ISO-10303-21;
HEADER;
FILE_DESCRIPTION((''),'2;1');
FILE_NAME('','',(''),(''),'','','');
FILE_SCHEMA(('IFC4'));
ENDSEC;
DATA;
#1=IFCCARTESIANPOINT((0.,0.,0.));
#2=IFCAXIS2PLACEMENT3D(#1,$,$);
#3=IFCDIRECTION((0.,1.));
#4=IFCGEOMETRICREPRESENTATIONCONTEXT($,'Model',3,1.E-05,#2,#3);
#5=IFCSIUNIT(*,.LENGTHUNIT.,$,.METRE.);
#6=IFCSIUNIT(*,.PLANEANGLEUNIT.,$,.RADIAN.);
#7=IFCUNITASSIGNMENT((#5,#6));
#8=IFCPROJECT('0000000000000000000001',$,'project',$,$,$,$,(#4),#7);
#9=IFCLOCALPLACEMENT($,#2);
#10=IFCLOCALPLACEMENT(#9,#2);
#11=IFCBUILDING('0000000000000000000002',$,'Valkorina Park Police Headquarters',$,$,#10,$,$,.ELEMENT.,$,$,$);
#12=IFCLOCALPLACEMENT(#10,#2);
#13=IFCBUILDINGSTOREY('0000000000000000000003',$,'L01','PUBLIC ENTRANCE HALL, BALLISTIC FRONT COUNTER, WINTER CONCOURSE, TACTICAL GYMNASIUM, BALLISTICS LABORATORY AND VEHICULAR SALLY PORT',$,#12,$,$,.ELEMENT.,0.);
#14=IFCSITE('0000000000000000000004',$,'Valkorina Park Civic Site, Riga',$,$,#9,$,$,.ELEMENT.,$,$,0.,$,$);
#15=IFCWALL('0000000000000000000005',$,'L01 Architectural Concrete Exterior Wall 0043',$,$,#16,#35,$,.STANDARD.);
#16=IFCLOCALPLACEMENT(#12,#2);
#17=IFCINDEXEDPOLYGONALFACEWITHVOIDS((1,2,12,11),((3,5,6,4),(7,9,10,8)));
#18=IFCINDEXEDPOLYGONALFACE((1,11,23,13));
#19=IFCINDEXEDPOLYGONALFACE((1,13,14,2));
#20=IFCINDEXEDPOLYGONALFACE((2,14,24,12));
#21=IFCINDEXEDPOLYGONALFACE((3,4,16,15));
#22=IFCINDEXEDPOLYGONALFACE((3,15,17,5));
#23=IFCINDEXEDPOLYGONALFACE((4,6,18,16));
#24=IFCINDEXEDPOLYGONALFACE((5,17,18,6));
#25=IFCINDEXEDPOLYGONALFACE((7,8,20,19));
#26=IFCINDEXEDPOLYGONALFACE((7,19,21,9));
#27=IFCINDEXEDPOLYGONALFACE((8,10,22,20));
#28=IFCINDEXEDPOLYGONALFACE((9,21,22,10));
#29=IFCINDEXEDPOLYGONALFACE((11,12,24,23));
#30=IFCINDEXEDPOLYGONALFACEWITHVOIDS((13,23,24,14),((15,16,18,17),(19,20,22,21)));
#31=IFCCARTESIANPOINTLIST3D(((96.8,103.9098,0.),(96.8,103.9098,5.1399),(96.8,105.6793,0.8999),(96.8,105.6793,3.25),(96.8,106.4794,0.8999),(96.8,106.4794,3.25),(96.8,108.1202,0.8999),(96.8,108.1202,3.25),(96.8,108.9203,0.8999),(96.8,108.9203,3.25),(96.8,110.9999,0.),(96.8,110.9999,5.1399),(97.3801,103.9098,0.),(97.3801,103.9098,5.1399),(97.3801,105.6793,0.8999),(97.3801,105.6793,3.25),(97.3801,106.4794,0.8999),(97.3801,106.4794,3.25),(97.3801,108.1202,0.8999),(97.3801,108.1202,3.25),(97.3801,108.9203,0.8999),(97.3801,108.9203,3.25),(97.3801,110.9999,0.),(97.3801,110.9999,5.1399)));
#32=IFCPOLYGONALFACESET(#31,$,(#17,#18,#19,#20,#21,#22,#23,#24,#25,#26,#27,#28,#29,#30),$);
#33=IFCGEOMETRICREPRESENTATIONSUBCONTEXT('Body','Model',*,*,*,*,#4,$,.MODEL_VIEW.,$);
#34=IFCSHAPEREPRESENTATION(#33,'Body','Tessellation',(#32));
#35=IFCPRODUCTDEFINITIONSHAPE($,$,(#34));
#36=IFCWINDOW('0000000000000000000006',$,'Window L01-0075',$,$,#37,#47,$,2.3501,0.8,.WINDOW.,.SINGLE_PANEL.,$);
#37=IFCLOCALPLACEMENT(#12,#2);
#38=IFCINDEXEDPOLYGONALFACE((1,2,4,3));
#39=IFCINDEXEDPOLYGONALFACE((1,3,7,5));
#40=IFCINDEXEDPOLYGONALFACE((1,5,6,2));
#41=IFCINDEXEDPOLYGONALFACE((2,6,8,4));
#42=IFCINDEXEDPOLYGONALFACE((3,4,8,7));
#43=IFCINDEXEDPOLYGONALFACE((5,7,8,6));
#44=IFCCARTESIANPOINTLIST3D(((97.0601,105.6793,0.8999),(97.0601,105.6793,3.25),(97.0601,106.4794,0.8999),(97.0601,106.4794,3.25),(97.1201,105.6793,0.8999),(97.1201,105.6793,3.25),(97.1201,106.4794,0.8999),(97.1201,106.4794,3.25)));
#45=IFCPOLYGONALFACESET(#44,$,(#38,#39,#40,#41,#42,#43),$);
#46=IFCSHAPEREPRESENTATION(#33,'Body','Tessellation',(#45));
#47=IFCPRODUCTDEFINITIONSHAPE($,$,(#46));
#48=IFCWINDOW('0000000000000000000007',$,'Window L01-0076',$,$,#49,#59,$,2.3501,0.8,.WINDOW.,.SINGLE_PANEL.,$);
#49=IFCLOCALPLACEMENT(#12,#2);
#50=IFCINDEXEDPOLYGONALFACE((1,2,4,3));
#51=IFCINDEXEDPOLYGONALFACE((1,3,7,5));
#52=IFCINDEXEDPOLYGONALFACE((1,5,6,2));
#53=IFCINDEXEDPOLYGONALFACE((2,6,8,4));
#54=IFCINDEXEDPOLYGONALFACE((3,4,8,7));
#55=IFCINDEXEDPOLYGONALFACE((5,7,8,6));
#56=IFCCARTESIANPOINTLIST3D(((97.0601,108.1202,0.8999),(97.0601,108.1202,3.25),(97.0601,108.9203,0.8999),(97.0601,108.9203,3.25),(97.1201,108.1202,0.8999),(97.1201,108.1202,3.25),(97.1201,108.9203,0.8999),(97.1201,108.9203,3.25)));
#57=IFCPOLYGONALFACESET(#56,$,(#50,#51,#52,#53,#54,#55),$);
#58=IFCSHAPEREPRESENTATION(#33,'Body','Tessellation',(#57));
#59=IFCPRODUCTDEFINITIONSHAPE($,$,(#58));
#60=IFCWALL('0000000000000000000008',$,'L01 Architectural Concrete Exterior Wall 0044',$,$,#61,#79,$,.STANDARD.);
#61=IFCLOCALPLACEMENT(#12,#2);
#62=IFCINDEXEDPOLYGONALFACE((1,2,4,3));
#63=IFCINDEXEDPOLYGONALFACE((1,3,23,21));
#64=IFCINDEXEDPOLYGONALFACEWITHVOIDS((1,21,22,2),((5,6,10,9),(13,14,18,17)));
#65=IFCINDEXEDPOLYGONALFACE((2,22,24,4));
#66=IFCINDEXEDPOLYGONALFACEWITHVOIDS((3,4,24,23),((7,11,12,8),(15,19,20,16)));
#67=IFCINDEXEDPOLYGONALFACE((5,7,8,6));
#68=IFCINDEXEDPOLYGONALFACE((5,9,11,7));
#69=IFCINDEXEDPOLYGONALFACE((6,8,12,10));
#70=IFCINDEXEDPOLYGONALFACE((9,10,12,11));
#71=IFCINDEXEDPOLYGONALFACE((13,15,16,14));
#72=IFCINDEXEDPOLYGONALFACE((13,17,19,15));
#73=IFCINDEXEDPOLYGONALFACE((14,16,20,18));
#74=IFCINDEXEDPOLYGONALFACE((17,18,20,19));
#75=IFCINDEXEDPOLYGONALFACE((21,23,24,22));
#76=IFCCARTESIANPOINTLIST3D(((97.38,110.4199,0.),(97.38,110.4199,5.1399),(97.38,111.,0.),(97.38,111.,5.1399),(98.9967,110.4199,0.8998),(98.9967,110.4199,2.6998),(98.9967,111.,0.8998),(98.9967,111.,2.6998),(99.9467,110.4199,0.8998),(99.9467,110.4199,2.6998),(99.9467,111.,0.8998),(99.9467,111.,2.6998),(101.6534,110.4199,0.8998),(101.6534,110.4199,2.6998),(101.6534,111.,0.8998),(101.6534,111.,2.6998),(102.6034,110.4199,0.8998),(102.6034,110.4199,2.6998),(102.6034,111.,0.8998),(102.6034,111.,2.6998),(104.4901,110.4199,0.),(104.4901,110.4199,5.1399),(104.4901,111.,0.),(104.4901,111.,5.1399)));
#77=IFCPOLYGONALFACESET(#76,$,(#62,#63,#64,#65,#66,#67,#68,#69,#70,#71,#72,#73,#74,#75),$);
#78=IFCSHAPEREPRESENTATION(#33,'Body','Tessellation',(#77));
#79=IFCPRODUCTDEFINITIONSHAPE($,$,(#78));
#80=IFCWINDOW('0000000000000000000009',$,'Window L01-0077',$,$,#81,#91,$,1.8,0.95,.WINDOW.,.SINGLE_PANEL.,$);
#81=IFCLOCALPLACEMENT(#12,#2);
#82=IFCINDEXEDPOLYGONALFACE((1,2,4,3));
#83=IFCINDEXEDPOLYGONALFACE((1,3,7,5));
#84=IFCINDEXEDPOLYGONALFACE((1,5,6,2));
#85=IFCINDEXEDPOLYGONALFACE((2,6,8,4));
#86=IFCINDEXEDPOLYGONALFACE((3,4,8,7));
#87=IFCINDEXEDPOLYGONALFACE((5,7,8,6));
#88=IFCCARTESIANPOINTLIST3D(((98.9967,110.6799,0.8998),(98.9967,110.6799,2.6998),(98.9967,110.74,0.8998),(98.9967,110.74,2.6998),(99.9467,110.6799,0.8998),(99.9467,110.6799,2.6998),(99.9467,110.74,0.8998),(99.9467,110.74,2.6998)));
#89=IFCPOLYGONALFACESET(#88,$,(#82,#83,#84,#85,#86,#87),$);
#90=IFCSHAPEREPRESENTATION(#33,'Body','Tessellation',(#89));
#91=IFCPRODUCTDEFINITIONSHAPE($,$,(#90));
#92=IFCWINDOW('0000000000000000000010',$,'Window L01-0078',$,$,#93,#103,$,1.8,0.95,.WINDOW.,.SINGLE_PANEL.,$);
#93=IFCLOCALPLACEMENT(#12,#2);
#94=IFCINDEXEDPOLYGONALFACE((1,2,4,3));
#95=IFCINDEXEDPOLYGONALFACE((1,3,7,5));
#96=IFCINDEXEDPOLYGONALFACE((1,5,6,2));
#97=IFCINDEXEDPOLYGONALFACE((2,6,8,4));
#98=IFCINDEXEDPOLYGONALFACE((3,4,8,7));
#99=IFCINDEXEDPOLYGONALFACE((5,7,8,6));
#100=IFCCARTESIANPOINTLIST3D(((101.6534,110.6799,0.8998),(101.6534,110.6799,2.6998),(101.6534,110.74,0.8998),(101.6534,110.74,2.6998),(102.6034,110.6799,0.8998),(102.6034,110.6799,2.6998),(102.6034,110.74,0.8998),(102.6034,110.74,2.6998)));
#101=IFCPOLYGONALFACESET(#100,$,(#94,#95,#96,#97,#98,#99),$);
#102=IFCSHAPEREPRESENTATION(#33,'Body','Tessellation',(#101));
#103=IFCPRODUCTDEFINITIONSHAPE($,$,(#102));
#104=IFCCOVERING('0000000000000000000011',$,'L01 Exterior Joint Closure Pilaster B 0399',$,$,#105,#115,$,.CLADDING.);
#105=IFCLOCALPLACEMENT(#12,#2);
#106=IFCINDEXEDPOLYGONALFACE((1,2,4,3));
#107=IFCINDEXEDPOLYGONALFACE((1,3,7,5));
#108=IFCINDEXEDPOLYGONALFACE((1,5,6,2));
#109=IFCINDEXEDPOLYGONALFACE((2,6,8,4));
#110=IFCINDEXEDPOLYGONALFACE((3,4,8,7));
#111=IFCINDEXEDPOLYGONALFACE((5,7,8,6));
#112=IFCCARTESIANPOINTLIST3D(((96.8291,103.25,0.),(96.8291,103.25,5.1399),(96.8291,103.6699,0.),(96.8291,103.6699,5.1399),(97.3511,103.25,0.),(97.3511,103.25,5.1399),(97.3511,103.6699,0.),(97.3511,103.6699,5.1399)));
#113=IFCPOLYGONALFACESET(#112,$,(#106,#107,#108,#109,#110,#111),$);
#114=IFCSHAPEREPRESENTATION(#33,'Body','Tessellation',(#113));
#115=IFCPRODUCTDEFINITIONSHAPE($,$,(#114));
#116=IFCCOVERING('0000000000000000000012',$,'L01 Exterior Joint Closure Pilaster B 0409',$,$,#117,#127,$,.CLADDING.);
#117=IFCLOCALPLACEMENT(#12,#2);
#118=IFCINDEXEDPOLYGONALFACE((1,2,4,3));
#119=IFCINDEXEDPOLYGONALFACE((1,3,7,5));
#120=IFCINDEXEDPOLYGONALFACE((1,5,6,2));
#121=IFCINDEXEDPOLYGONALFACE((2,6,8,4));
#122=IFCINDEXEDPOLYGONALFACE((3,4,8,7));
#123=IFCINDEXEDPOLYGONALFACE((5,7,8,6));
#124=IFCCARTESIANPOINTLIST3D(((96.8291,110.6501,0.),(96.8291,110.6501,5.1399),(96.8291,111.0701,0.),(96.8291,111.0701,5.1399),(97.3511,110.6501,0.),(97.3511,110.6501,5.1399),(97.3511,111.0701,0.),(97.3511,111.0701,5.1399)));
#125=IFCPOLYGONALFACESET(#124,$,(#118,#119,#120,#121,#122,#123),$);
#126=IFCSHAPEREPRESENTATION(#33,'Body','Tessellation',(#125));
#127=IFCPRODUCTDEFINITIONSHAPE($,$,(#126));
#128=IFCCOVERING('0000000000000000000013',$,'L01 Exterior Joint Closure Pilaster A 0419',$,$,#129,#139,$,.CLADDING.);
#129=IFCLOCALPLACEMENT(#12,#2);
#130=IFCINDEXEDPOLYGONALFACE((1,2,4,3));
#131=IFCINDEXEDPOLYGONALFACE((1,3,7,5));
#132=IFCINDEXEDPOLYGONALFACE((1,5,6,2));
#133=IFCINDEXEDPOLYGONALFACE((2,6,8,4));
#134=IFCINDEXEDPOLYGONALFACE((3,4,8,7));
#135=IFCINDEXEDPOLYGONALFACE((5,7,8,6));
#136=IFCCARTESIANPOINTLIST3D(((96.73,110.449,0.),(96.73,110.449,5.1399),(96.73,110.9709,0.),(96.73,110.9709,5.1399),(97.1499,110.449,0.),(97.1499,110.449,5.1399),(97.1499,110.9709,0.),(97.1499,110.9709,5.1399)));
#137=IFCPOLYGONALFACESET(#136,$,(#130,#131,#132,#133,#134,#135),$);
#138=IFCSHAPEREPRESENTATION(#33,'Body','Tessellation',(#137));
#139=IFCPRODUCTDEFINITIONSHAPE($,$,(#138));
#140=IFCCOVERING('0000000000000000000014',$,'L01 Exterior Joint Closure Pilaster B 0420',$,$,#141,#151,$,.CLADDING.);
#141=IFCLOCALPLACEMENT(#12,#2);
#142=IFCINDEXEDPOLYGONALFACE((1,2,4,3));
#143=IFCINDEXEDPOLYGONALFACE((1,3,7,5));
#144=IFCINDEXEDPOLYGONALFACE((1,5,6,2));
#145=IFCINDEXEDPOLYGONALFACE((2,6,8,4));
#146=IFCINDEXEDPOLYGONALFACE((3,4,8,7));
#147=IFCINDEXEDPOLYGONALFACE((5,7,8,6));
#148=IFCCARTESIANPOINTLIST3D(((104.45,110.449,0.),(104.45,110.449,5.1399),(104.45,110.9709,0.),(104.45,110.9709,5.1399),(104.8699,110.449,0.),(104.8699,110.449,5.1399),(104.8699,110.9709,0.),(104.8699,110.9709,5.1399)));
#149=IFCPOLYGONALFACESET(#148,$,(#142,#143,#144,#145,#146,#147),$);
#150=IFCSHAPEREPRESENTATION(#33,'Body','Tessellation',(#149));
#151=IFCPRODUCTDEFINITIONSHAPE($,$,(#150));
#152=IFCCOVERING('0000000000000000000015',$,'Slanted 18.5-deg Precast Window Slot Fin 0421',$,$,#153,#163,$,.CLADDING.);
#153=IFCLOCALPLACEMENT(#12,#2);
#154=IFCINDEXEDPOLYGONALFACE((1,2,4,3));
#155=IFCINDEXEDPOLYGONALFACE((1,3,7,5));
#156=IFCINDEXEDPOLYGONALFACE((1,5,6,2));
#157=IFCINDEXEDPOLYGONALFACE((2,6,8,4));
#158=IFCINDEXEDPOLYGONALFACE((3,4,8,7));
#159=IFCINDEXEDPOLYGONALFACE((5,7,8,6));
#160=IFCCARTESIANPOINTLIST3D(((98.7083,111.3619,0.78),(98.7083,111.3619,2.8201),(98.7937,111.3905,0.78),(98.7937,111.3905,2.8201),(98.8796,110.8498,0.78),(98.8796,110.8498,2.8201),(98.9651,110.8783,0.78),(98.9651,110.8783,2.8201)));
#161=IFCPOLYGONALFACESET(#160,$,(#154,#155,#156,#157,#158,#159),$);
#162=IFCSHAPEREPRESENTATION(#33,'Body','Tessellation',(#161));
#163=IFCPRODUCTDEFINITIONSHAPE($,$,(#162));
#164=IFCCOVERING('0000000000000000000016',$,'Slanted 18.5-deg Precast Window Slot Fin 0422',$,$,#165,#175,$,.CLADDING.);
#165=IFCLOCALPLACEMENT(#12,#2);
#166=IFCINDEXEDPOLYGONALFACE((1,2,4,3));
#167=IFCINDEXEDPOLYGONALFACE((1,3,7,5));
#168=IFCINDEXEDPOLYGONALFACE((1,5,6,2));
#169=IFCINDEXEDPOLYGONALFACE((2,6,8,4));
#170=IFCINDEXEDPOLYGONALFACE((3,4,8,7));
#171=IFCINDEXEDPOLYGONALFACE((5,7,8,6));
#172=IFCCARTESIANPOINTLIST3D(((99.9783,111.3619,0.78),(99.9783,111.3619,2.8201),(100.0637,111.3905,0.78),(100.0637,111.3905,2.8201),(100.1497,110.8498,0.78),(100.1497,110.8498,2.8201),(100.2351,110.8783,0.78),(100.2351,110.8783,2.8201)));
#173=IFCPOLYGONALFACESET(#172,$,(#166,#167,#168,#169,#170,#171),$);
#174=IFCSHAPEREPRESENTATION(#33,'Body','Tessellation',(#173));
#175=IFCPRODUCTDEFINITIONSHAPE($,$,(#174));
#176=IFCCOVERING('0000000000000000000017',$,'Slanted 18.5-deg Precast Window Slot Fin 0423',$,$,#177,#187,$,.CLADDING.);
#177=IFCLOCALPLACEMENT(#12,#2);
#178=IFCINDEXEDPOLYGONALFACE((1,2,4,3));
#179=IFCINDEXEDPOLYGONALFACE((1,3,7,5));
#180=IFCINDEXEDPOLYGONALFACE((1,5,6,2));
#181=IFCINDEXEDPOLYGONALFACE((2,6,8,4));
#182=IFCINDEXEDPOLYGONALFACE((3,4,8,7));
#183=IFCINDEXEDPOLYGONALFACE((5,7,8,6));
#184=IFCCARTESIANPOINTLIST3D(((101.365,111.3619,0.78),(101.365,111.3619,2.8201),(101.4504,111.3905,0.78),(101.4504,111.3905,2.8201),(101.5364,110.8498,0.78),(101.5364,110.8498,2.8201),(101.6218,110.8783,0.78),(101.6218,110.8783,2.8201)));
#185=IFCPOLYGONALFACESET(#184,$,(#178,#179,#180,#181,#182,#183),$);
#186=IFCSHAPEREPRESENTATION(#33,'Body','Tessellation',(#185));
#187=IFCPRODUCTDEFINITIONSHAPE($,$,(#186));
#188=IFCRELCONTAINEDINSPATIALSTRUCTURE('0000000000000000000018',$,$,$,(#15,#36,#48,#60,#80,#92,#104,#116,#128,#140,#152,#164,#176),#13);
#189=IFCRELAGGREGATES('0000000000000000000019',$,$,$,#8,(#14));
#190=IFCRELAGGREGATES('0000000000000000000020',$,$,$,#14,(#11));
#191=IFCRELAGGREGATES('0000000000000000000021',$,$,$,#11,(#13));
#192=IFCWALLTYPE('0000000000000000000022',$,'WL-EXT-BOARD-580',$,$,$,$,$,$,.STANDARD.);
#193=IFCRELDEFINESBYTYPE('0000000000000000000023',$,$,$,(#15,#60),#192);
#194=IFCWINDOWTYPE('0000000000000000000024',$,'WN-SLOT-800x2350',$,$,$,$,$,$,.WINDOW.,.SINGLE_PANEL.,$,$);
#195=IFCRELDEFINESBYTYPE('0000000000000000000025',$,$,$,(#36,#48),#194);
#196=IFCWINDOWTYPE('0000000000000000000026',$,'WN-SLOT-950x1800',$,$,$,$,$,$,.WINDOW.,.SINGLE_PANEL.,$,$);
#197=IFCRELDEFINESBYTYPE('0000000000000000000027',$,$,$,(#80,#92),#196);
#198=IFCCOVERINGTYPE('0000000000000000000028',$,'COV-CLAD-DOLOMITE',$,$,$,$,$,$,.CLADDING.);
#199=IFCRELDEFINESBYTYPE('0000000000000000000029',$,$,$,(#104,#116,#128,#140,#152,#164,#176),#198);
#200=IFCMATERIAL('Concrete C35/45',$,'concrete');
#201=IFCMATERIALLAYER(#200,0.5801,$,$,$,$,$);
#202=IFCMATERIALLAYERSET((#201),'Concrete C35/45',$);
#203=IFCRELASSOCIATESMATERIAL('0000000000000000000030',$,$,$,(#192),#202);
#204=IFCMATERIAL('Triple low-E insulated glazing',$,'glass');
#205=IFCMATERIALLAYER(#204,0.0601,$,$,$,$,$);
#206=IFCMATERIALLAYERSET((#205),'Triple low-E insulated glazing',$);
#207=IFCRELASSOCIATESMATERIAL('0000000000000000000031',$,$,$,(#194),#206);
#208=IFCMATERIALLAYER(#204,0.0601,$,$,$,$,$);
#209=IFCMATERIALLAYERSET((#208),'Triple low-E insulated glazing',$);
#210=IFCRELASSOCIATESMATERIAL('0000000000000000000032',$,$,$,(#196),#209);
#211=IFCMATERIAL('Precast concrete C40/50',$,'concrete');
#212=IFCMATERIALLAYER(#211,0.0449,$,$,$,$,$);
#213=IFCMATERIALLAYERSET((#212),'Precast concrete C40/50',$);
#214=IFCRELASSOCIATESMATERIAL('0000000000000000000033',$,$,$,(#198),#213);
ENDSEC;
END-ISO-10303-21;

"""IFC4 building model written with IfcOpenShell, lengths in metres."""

from ifc_helpers import new_model, si_unit, direction, frame, frame_2d, origin, origin_2d, place, context, subcontext, project, spatial, rectangle, extrude, material, layer, layer_set, type_object, element, fill, save


model = new_model("IFC4")

# Units and contexts
model_context = context("Model", 3, precision=1e-05, world=origin(), true_north=direction((0.0, 1.0)))
body_context = subcontext(model_context, "Body", "Model", "MODEL_VIEW")
ifc_project = project(units=[si_unit("LENGTHUNIT", "METRE"), si_unit("PLANEANGLEUNIT", "RADIAN")], contexts=[model_context])

# Site, building, storey
site_placement = place(None, origin())
site = spatial("IfcSite", under=ifc_project, at=site_placement, Name="Valkorina Park Civic Site, Riga", CompositionType="ELEMENT", RefElevation=0.0)
building_placement = place(site_placement, origin())
building = spatial("IfcBuilding", under=site, at=building_placement, Name="Valkorina Park Police Headquarters", CompositionType="ELEMENT")
storey_placement = place(building_placement, origin())
storey = spatial("IfcBuildingStorey", under=building, at=storey_placement, Name="L01", Description="PUBLIC ENTRANCE HALL, BALLISTIC FRONT COUNTER, WINTER CONCOURSE, TACTICAL GYMNASIUM, BALLISTICS LABORATORY AND VEHICULAR SALLY PORT", CompositionType="ELEMENT", Elevation=0.0)

# Walls, openings, windows
ifc_material_1 = material(Name="Concrete C35/45", Category="concrete")
ifc_layer_1 = layer(ifc_material_1, 0.5801)
ifc_layer_set_1 = layer_set([ifc_layer_1], Name="Concrete C35/45")
wall_type = type_object("IfcWallType", Name="WL-EXT-BOARD-580", PredefinedType="STANDARD", material=ifc_layer_set_1)
ifc_material_2 = material(Name="Triple low-E insulated glazing", Category="glass")
wall_1_placement = place(storey_placement, frame((97.0901, 103.9099, 0.0), z_axis=(0.0, 0.0, 1.0), x_axis=(0.0, 1.0, 0.0)))
wall_1 = element("IfcWall", 1, at=wall_1_placement, inside=storey, type_object=wall_type, Name="L01 Architectural Concrete Exterior Wall 0043", PredefinedType="STANDARD", context=body_context, shape_type="SweptSolid", body=[
    extrude(rectangle(XDim=7.0901, YDim=0.5801, at=frame_2d((3.5449, 0.0))), origin(), (0.0, 0.0, 1.0), 5.1399),
])
opening_1_placement = place(wall_1_placement, frame((1.7695, 0.0, 0.8999)))
opening_1 = element("IfcOpeningElement", 2, at=opening_1_placement, cuts=wall_1, PredefinedType="OPENING", context=body_context, shape_type="SweptSolid", body=[
    extrude(rectangle(XDim=0.8, YDim=2.3501, at=frame_2d((0.3999, 1.175))), frame((0.0, 0.3, 0.0), z_axis=(0.0, -1.0, 0.0), x_axis=(1.0, 0.0, 0.0)), (0.0, 0.0, 1.0), 0.6001),
])
opening_2_placement = place(wall_1_placement, frame((4.2104, 0.0, 0.8999)))
opening_2 = element("IfcOpeningElement", 3, at=opening_2_placement, cuts=wall_1, PredefinedType="OPENING", context=body_context, shape_type="SweptSolid", body=[
    extrude(rectangle(XDim=0.8, YDim=2.3501, at=frame_2d((0.3999, 1.175))), frame((0.0, 0.3, 0.0), z_axis=(0.0, -1.0, 0.0), x_axis=(1.0, 0.0, 0.0)), (0.0, 0.0, 1.0), 0.6001),
])
ifc_layer_2 = layer(ifc_material_2, 0.0601)
ifc_layer_set_2 = layer_set([ifc_layer_2], Name="Triple low-E insulated glazing")
window_type_1 = type_object("IfcWindowType", Name="WN-SLOT-800x2350", PartitioningType="SINGLE_PANEL", PredefinedType="WINDOW", material=ifc_layer_set_2)
window_1_placement = place(opening_1_placement, origin())
window_1 = element("IfcWindow", 4, at=window_1_placement, inside=storey, type_object=window_type_1, Name="Window L01-0075", OverallHeight=2.3501, OverallWidth=0.8, PartitioningType="SINGLE_PANEL", PredefinedType="WINDOW", context=body_context, shape_type="SweptSolid", body=[
    extrude(rectangle(XDim=0.8, YDim=2.3501, at=frame_2d((0.3999, 1.175))), frame((0.0, 0.03, 0.0), z_axis=(0.0, -1.0, 0.0), x_axis=(1.0, 0.0, 0.0)), (0.0, 0.0, 1.0), 0.0601),
])
fill(opening_1, window_1)
window_2_placement = place(opening_2_placement, origin())
window_2 = element("IfcWindow", 5, at=window_2_placement, inside=storey, type_object=window_type_1, Name="Window L01-0076", OverallHeight=2.3501, OverallWidth=0.8, PartitioningType="SINGLE_PANEL", PredefinedType="WINDOW", context=body_context, shape_type="SweptSolid", body=[
    extrude(rectangle(XDim=0.8, YDim=2.3501, at=frame_2d((0.3999, 1.175))), frame((0.0, 0.03, 0.0), z_axis=(0.0, -1.0, 0.0), x_axis=(1.0, 0.0, 0.0)), (0.0, 0.0, 1.0), 0.0601),
])
fill(opening_2, window_2)
wall_2_placement = place(storey_placement, frame((97.3799, 110.71, 0.0), z_axis=(0.0, 0.0, 1.0), x_axis=(1.0, 0.0, 0.0)))
wall_2 = element("IfcWall", 6, at=wall_2_placement, inside=storey, type_object=wall_type, Name="L01 Architectural Concrete Exterior Wall 0044", PredefinedType="STANDARD", context=body_context, shape_type="SweptSolid", body=[
    extrude(rectangle(XDim=7.1101, YDim=0.5801, at=frame_2d((3.5552, 0.0))), origin(), (0.0, 0.0, 1.0), 5.1399),
])
opening_3_placement = place(wall_2_placement, frame((1.6167, 0.0, 0.8999)))
opening_3 = element("IfcOpeningElement", 7, at=opening_3_placement, cuts=wall_2, PredefinedType="OPENING", context=body_context, shape_type="SweptSolid", body=[
    extrude(rectangle(XDim=0.95, YDim=1.8, at=frame_2d((0.4751, 0.8999))), frame((0.0, 0.3, 0.0), z_axis=(0.0, -1.0, 0.0), x_axis=(1.0, 0.0, 0.0)), (0.0, 0.0, 1.0), 0.6001),
])
opening_4_placement = place(wall_2_placement, frame((4.2734, 0.0, 0.8999)))
opening_4 = element("IfcOpeningElement", 8, at=opening_4_placement, cuts=wall_2, PredefinedType="OPENING", context=body_context, shape_type="SweptSolid", body=[
    extrude(rectangle(XDim=0.95, YDim=1.8, at=frame_2d((0.4751, 0.8999))), frame((0.0, 0.3, 0.0), z_axis=(0.0, -1.0, 0.0), x_axis=(1.0, 0.0, 0.0)), (0.0, 0.0, 1.0), 0.6001),
])
ifc_layer_3 = layer(ifc_material_2, 0.0601)
ifc_layer_set_3 = layer_set([ifc_layer_3], Name="Triple low-E insulated glazing")
window_type_2 = type_object("IfcWindowType", Name="WN-SLOT-950x1800", PartitioningType="SINGLE_PANEL", PredefinedType="WINDOW", material=ifc_layer_set_3)
window_3_placement = place(opening_3_placement, origin())
window_3 = element("IfcWindow", 9, at=window_3_placement, inside=storey, type_object=window_type_2, Name="Window L01-0077", OverallHeight=1.8, OverallWidth=0.95, PartitioningType="SINGLE_PANEL", PredefinedType="WINDOW", context=body_context, shape_type="SweptSolid", body=[
    extrude(rectangle(XDim=0.95, YDim=1.8, at=frame_2d((0.4751, 0.8999))), frame((0.0, 0.03, 0.0), z_axis=(0.0, -1.0, 0.0), x_axis=(1.0, 0.0, 0.0)), (0.0, 0.0, 1.0), 0.0601),
])
fill(opening_3, window_3)
window_4_placement = place(opening_4_placement, origin())
window_4 = element("IfcWindow", 10, at=window_4_placement, inside=storey, type_object=window_type_2, Name="Window L01-0078", OverallHeight=1.8, OverallWidth=0.95, PartitioningType="SINGLE_PANEL", PredefinedType="WINDOW", context=body_context, shape_type="SweptSolid", body=[
    extrude(rectangle(XDim=0.95, YDim=1.8, at=frame_2d((0.4751, 0.8999))), frame((0.0, 0.03, 0.0), z_axis=(0.0, -1.0, 0.0), x_axis=(1.0, 0.0, 0.0)), (0.0, 0.0, 1.0), 0.0601),
])
fill(opening_4, window_4)

# Coverings
ifc_material_3 = material(Name="Precast concrete C40/50", Category="concrete")
ifc_layer_4 = layer(ifc_material_3, 0.0449)
ifc_layer_set_4 = layer_set([ifc_layer_4], Name="Precast concrete C40/50")
covering_type = type_object("IfcCoveringType", Name="COV-CLAD-DOLOMITE", PredefinedType="CLADDING", material=ifc_layer_set_4)
for number, where, z_axis, x_axis, name in (
    (11, (97.0901, 103.46, 0.0), (0.0, 0.0, 1.0), (0.0, 1.0, 0.0), "L01 Exterior Joint Closure Pilaster B 0399"),
    (12, (97.0901, 110.8601, 0.0), (0.0, 0.0, 1.0), (0.0, 1.0, 0.0), "L01 Exterior Joint Closure Pilaster B 0409"),
    (13, (96.9399, 110.71, 0.0), (0.0, 0.0, 1.0), (1.0, 0.0, 0.0), "L01 Exterior Joint Closure Pilaster A 0419"),
    (14, (104.6599, 110.71, 0.0), (0.0, 0.0, 1.0), (1.0, 0.0, 0.0), "L01 Exterior Joint Closure Pilaster B 0420"),
):
    element("IfcCovering", number, at=place(storey_placement, frame(where, z_axis=z_axis, x_axis=x_axis)), inside=storey, type_object=covering_type, Name=name, PredefinedType="CLADDING", context=body_context, shape_type="SweptSolid", body=[
        extrude(rectangle(XDim=0.4199, YDim=0.522, at=origin_2d()), origin(), (0.0, 0.0, 1.0), 5.1399),
    ])
for number, where, z_axis, x_axis, name in (
    (15, (98.8367, 111.1201, 0.78), (0.0, 0.0, 1.0), (-0.317305, 0.948324, 0.0), "Slanted 18.5-deg Precast Window Slot Fin 0421"),
    (16, (100.1067, 111.1201, 0.78), (0.0, 0.0, 1.0), (-0.317305, 0.948324, 0.0), "Slanted 18.5-deg Precast Window Slot Fin 0422"),
    (17, (101.4934, 111.1201, 0.78), (0.0, 0.0, 1.0), (-0.317305, 0.948324, 0.0), "Slanted 18.5-deg Precast Window Slot Fin 0423"),
):
    element("IfcCovering", number, at=place(storey_placement, frame(where, z_axis=z_axis, x_axis=x_axis)), inside=storey, type_object=covering_type, Name=name, PredefinedType="CLADDING", context=body_context, shape_type="SweptSolid", body=[
        extrude(rectangle(XDim=0.54, YDim=0.0901, at=origin_2d()), origin(), (0.0, 0.0, 1.0), 2.04),
    ])

save(model, "model.ifc")
